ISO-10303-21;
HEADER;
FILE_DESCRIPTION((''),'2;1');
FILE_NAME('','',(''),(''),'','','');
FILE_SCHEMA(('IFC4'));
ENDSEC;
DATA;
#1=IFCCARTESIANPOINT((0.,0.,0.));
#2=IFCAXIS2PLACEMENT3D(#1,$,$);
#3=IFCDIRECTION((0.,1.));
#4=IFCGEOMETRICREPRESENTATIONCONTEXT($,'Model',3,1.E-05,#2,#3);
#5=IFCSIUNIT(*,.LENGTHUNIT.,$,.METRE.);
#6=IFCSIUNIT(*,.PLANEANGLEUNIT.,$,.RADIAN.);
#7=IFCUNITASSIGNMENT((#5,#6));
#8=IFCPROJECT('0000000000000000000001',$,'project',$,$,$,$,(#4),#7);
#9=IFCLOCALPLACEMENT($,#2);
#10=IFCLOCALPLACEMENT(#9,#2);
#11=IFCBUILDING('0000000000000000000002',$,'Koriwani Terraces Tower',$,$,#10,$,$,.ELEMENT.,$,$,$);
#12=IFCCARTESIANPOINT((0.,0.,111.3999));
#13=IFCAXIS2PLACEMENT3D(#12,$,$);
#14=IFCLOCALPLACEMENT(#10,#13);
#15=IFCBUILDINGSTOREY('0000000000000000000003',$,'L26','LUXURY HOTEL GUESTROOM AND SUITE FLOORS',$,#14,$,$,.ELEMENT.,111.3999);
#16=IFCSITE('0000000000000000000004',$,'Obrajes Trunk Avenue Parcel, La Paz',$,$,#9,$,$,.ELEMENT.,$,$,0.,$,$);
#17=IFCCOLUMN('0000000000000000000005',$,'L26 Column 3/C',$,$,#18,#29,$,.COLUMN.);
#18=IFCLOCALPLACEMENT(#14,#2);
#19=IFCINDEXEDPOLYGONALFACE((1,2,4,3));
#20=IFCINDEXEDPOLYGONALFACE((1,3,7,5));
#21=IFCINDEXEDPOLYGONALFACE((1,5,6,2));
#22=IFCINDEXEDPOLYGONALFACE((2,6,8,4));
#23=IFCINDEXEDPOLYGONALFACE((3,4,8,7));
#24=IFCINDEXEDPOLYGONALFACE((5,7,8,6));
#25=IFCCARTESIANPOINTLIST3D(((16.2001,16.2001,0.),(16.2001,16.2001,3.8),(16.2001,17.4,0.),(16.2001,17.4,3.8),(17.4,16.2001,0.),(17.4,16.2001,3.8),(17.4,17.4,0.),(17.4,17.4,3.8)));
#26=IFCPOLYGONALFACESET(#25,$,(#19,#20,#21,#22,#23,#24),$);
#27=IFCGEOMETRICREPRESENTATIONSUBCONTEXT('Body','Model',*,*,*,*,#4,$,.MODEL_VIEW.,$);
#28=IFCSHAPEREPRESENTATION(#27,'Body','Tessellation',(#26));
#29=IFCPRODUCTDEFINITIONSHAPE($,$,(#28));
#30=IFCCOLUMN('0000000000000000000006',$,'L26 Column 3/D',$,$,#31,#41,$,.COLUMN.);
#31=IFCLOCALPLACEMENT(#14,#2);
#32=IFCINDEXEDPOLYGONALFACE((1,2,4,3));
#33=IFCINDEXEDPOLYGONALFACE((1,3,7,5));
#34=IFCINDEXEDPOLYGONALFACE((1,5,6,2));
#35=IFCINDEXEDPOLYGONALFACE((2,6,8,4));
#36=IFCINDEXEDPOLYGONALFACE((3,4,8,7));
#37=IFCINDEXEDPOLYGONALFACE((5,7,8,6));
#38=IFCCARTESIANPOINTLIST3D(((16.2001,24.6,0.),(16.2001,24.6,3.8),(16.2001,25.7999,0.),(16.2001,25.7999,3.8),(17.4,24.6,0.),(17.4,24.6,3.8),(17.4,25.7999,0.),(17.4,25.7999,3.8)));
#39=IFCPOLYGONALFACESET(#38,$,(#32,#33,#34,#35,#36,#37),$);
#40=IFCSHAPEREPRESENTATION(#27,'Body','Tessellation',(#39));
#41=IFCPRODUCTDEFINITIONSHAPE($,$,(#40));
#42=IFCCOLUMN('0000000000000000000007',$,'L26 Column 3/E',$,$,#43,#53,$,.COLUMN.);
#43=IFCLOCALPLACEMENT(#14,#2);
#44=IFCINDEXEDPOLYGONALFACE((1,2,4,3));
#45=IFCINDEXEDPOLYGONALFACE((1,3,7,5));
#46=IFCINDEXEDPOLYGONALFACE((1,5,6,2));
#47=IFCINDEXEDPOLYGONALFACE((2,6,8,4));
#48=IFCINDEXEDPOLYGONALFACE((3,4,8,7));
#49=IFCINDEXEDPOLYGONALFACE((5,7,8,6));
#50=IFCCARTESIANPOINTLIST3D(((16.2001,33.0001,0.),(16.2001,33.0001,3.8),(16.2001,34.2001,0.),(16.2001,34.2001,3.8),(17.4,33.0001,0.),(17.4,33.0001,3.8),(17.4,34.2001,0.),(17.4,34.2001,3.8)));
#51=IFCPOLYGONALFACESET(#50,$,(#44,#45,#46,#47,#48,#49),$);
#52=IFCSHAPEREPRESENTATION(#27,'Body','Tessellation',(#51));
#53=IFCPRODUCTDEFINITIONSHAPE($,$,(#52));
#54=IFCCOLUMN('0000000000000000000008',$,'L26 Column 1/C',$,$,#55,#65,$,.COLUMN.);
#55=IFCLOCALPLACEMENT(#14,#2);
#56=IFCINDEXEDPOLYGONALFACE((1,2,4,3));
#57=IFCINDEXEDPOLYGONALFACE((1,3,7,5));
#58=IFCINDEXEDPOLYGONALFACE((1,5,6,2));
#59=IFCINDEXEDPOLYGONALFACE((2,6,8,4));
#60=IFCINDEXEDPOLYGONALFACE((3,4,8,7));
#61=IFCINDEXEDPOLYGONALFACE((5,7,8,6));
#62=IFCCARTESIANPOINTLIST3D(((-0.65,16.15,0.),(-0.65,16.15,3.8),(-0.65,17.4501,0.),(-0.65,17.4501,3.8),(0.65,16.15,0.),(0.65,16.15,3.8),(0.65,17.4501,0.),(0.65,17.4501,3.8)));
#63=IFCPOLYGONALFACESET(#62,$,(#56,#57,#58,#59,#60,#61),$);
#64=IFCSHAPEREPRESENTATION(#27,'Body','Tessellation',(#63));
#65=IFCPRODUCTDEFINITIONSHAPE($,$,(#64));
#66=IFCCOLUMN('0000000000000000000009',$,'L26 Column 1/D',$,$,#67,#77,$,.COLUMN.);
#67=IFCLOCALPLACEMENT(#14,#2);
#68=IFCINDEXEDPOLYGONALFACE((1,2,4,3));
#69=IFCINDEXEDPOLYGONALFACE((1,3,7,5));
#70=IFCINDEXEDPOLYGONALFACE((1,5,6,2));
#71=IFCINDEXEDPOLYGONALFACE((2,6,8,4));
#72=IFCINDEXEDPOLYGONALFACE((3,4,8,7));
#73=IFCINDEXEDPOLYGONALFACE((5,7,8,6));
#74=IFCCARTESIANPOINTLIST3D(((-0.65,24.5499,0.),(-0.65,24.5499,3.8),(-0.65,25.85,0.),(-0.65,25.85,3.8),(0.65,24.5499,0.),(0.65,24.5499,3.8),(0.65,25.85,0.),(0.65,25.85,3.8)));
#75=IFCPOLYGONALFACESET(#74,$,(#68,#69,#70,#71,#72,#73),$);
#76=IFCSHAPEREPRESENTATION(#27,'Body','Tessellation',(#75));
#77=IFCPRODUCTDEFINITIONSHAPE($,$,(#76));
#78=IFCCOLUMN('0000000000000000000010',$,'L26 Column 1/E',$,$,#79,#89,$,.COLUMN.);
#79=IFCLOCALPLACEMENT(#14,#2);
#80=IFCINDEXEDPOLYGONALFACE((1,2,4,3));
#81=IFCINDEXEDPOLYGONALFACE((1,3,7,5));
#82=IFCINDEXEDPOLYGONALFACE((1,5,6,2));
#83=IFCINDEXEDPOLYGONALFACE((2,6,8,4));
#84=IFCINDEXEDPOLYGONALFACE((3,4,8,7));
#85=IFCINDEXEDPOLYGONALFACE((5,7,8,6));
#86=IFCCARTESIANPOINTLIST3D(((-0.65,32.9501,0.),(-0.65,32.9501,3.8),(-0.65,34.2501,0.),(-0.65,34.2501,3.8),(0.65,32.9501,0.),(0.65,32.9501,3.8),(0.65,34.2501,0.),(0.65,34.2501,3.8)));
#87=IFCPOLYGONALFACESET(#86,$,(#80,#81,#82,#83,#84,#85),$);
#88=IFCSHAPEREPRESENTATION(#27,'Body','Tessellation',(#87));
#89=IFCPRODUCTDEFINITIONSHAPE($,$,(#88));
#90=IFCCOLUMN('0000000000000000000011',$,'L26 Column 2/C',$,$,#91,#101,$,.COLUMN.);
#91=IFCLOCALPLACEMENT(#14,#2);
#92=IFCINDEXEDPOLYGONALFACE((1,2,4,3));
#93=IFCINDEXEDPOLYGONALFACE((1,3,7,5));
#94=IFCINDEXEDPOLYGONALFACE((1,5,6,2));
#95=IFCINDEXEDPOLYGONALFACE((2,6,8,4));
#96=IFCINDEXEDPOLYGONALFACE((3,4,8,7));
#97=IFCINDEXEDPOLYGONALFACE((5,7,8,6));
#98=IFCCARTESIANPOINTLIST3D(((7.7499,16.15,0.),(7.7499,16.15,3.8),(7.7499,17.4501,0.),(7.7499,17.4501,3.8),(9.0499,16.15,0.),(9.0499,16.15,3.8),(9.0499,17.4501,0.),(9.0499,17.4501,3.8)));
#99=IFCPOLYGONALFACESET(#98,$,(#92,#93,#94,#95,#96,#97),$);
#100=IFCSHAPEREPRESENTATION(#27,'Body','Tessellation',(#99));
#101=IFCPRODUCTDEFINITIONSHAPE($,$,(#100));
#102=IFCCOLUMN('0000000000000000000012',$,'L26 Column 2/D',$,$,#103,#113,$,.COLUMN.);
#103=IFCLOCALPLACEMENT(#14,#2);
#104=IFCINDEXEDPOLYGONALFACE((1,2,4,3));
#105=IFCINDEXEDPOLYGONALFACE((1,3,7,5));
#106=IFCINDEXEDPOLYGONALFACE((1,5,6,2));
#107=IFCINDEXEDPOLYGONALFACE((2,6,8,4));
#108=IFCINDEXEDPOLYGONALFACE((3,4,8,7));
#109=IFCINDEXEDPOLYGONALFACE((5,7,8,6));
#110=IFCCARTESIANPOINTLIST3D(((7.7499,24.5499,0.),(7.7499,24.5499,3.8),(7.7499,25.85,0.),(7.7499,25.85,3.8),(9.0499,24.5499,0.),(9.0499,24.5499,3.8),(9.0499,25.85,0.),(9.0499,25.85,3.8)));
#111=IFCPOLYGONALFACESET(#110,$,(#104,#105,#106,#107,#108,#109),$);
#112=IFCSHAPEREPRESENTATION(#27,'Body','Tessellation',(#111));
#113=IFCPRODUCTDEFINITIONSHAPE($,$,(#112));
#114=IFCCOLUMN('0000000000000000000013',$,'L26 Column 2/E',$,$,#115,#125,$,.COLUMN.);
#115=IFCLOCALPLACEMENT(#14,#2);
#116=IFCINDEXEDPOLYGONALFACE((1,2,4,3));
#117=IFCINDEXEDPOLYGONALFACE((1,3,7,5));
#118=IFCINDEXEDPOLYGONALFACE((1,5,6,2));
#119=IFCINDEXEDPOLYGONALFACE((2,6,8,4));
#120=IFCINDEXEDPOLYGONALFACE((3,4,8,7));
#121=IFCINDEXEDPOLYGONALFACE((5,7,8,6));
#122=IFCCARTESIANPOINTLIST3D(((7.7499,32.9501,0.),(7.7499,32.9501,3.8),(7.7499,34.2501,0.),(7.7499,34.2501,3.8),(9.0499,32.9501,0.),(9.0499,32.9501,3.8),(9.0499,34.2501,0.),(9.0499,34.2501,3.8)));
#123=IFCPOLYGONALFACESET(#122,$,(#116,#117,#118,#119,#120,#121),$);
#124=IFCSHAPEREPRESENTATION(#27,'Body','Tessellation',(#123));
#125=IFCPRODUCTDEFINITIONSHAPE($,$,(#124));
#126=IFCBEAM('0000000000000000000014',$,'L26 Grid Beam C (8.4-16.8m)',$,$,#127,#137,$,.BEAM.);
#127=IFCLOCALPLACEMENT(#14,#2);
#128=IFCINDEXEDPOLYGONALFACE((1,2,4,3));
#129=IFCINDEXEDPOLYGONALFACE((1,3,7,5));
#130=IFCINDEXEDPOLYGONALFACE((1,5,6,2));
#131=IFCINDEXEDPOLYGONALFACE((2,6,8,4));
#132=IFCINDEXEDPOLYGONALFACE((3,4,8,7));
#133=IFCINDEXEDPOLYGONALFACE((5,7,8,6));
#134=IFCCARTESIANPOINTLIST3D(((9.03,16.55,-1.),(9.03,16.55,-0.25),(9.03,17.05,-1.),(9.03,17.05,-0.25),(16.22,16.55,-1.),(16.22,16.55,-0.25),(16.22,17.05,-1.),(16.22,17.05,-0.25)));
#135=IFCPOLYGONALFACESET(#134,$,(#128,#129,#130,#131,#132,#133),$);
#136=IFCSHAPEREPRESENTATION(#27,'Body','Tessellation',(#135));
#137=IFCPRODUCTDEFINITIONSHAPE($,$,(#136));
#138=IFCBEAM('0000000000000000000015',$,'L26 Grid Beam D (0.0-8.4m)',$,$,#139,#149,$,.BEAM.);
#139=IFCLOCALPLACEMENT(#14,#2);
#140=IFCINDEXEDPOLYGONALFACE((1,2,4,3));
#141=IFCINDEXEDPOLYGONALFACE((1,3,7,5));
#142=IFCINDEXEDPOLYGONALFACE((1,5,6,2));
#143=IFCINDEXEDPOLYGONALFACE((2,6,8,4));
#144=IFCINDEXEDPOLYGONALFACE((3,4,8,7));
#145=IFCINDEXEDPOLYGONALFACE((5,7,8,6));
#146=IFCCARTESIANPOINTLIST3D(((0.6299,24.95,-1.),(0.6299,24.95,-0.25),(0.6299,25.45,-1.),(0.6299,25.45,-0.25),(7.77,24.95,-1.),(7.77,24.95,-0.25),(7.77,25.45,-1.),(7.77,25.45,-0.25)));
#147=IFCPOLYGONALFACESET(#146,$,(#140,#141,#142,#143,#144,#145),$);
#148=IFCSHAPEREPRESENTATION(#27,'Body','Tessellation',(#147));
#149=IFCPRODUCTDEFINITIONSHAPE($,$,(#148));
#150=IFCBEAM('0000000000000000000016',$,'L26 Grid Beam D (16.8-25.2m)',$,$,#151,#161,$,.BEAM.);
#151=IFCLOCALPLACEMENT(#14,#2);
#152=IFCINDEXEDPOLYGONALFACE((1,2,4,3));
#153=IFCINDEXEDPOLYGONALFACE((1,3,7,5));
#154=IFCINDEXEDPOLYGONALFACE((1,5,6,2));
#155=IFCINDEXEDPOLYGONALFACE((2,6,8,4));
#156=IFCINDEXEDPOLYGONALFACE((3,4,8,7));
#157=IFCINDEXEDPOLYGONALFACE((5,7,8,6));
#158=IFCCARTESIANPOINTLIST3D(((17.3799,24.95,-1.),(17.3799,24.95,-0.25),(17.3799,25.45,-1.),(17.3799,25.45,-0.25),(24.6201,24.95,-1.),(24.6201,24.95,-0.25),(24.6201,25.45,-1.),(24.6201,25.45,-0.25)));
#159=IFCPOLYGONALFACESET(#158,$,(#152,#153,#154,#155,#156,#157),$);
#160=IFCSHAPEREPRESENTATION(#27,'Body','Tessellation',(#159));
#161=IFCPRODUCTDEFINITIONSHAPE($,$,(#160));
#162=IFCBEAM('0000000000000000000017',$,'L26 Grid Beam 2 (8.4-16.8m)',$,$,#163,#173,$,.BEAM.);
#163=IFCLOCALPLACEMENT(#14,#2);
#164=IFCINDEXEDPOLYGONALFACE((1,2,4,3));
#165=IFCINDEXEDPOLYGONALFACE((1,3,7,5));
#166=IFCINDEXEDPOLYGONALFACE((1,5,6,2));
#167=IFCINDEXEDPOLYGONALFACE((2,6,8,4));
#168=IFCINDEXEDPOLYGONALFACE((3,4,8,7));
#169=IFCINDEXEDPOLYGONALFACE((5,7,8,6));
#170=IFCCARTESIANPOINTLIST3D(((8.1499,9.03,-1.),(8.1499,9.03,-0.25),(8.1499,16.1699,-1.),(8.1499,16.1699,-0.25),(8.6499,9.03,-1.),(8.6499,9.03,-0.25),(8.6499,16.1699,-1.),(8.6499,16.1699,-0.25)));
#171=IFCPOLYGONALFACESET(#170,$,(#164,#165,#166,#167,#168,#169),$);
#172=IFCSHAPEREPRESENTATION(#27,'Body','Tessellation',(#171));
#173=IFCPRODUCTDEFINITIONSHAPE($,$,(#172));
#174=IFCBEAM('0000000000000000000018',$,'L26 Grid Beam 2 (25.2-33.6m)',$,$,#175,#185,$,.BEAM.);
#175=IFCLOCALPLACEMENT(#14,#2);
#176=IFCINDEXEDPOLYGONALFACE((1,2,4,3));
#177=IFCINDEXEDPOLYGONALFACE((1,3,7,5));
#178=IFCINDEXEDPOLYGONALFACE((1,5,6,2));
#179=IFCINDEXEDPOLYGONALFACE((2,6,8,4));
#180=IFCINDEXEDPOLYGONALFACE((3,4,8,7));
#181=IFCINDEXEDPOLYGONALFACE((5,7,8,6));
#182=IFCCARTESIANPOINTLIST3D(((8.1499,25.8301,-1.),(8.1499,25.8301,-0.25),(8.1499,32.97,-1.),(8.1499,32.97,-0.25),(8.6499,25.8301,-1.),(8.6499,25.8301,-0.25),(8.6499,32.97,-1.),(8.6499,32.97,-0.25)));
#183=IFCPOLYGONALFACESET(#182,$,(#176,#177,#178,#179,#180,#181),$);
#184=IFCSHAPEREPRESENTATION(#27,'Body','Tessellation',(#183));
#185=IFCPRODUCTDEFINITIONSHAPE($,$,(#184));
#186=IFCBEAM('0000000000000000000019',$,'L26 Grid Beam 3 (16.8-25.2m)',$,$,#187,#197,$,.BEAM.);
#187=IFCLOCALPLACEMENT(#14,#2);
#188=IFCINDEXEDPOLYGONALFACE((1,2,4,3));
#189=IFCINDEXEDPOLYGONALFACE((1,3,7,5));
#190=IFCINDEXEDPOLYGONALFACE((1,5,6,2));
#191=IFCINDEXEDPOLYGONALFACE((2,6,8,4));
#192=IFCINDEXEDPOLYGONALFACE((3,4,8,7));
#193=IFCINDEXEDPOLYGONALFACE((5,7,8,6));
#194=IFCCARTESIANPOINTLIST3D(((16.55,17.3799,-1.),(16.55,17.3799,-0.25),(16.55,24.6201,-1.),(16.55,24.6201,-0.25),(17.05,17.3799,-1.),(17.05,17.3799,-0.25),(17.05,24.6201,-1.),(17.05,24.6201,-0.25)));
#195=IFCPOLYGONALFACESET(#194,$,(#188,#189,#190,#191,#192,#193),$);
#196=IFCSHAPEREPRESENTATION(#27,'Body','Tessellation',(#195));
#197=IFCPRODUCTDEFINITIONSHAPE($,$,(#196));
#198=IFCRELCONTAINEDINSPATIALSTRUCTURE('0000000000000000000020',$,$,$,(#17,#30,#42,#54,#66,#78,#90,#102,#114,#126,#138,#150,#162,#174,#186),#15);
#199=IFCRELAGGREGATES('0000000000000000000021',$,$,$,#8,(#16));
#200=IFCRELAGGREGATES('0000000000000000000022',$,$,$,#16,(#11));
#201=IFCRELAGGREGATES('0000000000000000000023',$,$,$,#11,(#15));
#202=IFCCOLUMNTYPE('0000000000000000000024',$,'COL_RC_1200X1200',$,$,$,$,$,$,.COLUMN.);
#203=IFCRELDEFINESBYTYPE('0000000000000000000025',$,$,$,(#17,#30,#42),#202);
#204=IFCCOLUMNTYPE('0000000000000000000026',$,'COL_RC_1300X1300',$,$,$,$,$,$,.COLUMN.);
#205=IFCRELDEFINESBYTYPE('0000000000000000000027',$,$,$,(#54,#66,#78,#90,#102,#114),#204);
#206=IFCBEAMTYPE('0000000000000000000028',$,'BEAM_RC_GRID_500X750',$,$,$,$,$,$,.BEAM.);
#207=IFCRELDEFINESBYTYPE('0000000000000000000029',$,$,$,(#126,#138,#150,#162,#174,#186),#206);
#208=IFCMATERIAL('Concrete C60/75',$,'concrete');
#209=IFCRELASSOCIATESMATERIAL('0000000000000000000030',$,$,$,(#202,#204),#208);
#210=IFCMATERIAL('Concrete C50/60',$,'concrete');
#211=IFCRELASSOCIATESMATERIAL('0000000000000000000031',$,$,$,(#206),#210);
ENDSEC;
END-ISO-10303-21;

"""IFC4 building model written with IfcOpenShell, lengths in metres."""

from ifc_helpers import new_model, si_unit, direction, frame, origin, origin_2d, place, context, subcontext, project, spatial, rectangle, extrude, material, material_profile, profile_set, type_object, element, save


model = new_model("IFC4")

# Units and contexts
model_context = context("Model", 3, precision=1e-05, world=origin(), true_north=direction((0.0, 1.0)))
body_context = subcontext(model_context, "Body", "Model", "MODEL_VIEW")
ifc_project = project(units=[si_unit("LENGTHUNIT", "METRE"), si_unit("PLANEANGLEUNIT", "RADIAN")], contexts=[model_context])

# Site, building, storey
site_placement = place(None, origin())
site = spatial("IfcSite", under=ifc_project, at=site_placement, Name="Obrajes Trunk Avenue Parcel, La Paz", CompositionType="ELEMENT", RefElevation=0.0)
building_placement = place(site_placement, origin())
building = spatial("IfcBuilding", under=site, at=building_placement, Name="Koriwani Terraces Tower", CompositionType="ELEMENT")
storey_placement = place(building_placement, frame((0.0, 0.0, 111.3999)))
storey = spatial("IfcBuildingStorey", under=building, at=storey_placement, Name="L26", Description="LUXURY HOTEL GUESTROOM AND SUITE FLOORS", CompositionType="ELEMENT", Elevation=111.3999)

# Columns
ifc_material_1 = material(Name="Concrete C60/75", Category="concrete")
ifc_material_profile_1 = material_profile(ifc_material_1, rectangle(XDim=1.2, YDim=1.2, at=origin_2d()), Name="Concrete C60/75", Category="LoadBearing")
ifc_profile_set_1 = profile_set([ifc_material_profile_1], Name="Concrete C60/75")
column_type_1 = type_object("IfcColumnType", Name="COL_RC_1200X1200", PredefinedType="COLUMN", material=ifc_profile_set_1)
for number, where, z_axis, x_axis, name in (
    (1, (16.8, 16.8, 0.0), (0.0, 0.0, 1.0), (1.0, 0.0, 0.0), "L26 Column 3/C"),
    (2, (16.8, 25.2, 0.0), (0.0, 0.0, 1.0), (1.0, 0.0, 0.0), "L26 Column 3/D"),
    (3, (16.8, 33.6001, 0.0), (0.0, 0.0, 1.0), (1.0, 0.0, 0.0), "L26 Column 3/E"),
):
    element("IfcColumn", number, at=place(storey_placement, frame(where, z_axis=z_axis, x_axis=x_axis)), inside=storey, type_object=column_type_1, Name=name, PredefinedType="COLUMN", context=body_context, shape_type="SweptSolid", body=[
        extrude(rectangle(XDim=1.2, YDim=1.2, at=origin_2d()), origin(), (0.0, 0.0, 1.0), 3.8),
    ])
ifc_material_profile_2 = material_profile(ifc_material_1, rectangle(XDim=1.3, YDim=1.3, at=origin_2d()), Name="Concrete C60/75", Category="LoadBearing")
ifc_profile_set_2 = profile_set([ifc_material_profile_2], Name="Concrete C60/75")
column_type_2 = type_object("IfcColumnType", Name="COL_RC_1300X1300", PredefinedType="COLUMN", material=ifc_profile_set_2)
for number, where, z_axis, x_axis, name in (
    (4, (0.0, 16.8, 0.0), (0.0, 0.0, 1.0), (1.0, 0.0, 0.0), "L26 Column 1/C"),
    (5, (0.0, 25.2, 0.0), (0.0, 0.0, 1.0), (1.0, 0.0, 0.0), "L26 Column 1/D"),
    (6, (0.0, 33.6001, 0.0), (0.0, 0.0, 1.0), (1.0, 0.0, 0.0), "L26 Column 1/E"),
    (7, (8.3999, 16.8, 0.0), (0.0, 0.0, 1.0), (1.0, 0.0, 0.0), "L26 Column 2/C"),
    (8, (8.3999, 25.2, 0.0), (0.0, 0.0, 1.0), (1.0, 0.0, 0.0), "L26 Column 2/D"),
    (9, (8.3999, 33.6001, 0.0), (0.0, 0.0, 1.0), (1.0, 0.0, 0.0), "L26 Column 2/E"),
):
    element("IfcColumn", number, at=place(storey_placement, frame(where, z_axis=z_axis, x_axis=x_axis)), inside=storey, type_object=column_type_2, Name=name, PredefinedType="COLUMN", context=body_context, shape_type="SweptSolid", body=[
        extrude(rectangle(XDim=1.3, YDim=1.3, at=origin_2d()), origin(), (0.0, 0.0, 1.0), 3.8),
    ])

# Beams
ifc_material_2 = material(Name="Concrete C50/60", Category="concrete")
ifc_material_profile_3 = material_profile(ifc_material_2, rectangle(XDim=0.5, YDim=0.75, at=origin_2d()), Name="Concrete C50/60", Category="LoadBearing")
ifc_profile_set_3 = profile_set([ifc_material_profile_3], Name="Concrete C50/60")
beam_type_1 = type_object("IfcBeamType", Name="BEAM_RC_GRID_500X750", PredefinedType="BEAM", material=ifc_profile_set_3)
beam_1_placement = place(storey_placement, frame((9.03, 16.8, -0.625), z_axis=(1.0, 0.0, 0.0), x_axis=(0.0, 1.0, 0.0)))
element("IfcBeam", 10, at=beam_1_placement, inside=storey, type_object=beam_type_1, Name="L26 Grid Beam C (8.4-16.8m)", PredefinedType="BEAM", context=body_context, shape_type="SweptSolid", body=[
    extrude(rectangle(XDim=0.5, YDim=0.75, at=origin_2d()), origin(), (0.0, 0.0, 1.0), 7.1899),
])
beam_2_placement = place(storey_placement, frame((0.6299, 25.2, -0.625), z_axis=(1.0, 0.0, 0.0), x_axis=(0.0, 1.0, 0.0)))
element("IfcBeam", 11, at=beam_2_placement, inside=storey, type_object=beam_type_1, Name="L26 Grid Beam D (0.0-8.4m)", PredefinedType="BEAM", context=body_context, shape_type="SweptSolid", body=[
    extrude(rectangle(XDim=0.5, YDim=0.75, at=origin_2d()), origin(), (0.0, 0.0, 1.0), 7.1401),
])
beam_3_placement = place(storey_placement, frame((17.3799, 25.2, -0.625), z_axis=(1.0, 0.0, 0.0), x_axis=(0.0, 1.0, 0.0)))
element("IfcBeam", 12, at=beam_3_placement, inside=storey, type_object=beam_type_1, Name="L26 Grid Beam D (16.8-25.2m)", PredefinedType="BEAM", context=body_context, shape_type="SweptSolid", body=[
    extrude(rectangle(XDim=0.5, YDim=0.75, at=origin_2d()), origin(), (0.0, 0.0, 1.0), 7.2402),
])
for number, where, z_axis, x_axis, name in (
    (13, (8.3999, 9.03, -0.625), (0.0, 1.0, 0.0), (-1.0, 0.0, 0.0), "L26 Grid Beam 2 (8.4-16.8m)"),
    (14, (8.3999, 25.8301, -0.625), (0.0, 1.0, 0.0), (-1.0, 0.0, 0.0), "L26 Grid Beam 2 (25.2-33.6m)"),
):
    element("IfcBeam", number, at=place(storey_placement, frame(where, z_axis=z_axis, x_axis=x_axis)), inside=storey, type_object=beam_type_1, Name=name, PredefinedType="BEAM", context=body_context, shape_type="SweptSolid", body=[
        extrude(rectangle(XDim=0.5, YDim=0.75, at=origin_2d()), origin(), (0.0, 0.0, 1.0), 7.1399),
    ])
beam_4_placement = place(storey_placement, frame((16.8, 17.3799, -0.625), z_axis=(0.0, 1.0, 0.0), x_axis=(-1.0, 0.0, 0.0)))
element("IfcBeam", 15, at=beam_4_placement, inside=storey, type_object=beam_type_1, Name="L26 Grid Beam 3 (16.8-25.2m)", PredefinedType="BEAM", context=body_context, shape_type="SweptSolid", body=[
    extrude(rectangle(XDim=0.5, YDim=0.75, at=origin_2d()), origin(), (0.0, 0.0, 1.0), 7.2402),
])

save(model, "model.ifc")
